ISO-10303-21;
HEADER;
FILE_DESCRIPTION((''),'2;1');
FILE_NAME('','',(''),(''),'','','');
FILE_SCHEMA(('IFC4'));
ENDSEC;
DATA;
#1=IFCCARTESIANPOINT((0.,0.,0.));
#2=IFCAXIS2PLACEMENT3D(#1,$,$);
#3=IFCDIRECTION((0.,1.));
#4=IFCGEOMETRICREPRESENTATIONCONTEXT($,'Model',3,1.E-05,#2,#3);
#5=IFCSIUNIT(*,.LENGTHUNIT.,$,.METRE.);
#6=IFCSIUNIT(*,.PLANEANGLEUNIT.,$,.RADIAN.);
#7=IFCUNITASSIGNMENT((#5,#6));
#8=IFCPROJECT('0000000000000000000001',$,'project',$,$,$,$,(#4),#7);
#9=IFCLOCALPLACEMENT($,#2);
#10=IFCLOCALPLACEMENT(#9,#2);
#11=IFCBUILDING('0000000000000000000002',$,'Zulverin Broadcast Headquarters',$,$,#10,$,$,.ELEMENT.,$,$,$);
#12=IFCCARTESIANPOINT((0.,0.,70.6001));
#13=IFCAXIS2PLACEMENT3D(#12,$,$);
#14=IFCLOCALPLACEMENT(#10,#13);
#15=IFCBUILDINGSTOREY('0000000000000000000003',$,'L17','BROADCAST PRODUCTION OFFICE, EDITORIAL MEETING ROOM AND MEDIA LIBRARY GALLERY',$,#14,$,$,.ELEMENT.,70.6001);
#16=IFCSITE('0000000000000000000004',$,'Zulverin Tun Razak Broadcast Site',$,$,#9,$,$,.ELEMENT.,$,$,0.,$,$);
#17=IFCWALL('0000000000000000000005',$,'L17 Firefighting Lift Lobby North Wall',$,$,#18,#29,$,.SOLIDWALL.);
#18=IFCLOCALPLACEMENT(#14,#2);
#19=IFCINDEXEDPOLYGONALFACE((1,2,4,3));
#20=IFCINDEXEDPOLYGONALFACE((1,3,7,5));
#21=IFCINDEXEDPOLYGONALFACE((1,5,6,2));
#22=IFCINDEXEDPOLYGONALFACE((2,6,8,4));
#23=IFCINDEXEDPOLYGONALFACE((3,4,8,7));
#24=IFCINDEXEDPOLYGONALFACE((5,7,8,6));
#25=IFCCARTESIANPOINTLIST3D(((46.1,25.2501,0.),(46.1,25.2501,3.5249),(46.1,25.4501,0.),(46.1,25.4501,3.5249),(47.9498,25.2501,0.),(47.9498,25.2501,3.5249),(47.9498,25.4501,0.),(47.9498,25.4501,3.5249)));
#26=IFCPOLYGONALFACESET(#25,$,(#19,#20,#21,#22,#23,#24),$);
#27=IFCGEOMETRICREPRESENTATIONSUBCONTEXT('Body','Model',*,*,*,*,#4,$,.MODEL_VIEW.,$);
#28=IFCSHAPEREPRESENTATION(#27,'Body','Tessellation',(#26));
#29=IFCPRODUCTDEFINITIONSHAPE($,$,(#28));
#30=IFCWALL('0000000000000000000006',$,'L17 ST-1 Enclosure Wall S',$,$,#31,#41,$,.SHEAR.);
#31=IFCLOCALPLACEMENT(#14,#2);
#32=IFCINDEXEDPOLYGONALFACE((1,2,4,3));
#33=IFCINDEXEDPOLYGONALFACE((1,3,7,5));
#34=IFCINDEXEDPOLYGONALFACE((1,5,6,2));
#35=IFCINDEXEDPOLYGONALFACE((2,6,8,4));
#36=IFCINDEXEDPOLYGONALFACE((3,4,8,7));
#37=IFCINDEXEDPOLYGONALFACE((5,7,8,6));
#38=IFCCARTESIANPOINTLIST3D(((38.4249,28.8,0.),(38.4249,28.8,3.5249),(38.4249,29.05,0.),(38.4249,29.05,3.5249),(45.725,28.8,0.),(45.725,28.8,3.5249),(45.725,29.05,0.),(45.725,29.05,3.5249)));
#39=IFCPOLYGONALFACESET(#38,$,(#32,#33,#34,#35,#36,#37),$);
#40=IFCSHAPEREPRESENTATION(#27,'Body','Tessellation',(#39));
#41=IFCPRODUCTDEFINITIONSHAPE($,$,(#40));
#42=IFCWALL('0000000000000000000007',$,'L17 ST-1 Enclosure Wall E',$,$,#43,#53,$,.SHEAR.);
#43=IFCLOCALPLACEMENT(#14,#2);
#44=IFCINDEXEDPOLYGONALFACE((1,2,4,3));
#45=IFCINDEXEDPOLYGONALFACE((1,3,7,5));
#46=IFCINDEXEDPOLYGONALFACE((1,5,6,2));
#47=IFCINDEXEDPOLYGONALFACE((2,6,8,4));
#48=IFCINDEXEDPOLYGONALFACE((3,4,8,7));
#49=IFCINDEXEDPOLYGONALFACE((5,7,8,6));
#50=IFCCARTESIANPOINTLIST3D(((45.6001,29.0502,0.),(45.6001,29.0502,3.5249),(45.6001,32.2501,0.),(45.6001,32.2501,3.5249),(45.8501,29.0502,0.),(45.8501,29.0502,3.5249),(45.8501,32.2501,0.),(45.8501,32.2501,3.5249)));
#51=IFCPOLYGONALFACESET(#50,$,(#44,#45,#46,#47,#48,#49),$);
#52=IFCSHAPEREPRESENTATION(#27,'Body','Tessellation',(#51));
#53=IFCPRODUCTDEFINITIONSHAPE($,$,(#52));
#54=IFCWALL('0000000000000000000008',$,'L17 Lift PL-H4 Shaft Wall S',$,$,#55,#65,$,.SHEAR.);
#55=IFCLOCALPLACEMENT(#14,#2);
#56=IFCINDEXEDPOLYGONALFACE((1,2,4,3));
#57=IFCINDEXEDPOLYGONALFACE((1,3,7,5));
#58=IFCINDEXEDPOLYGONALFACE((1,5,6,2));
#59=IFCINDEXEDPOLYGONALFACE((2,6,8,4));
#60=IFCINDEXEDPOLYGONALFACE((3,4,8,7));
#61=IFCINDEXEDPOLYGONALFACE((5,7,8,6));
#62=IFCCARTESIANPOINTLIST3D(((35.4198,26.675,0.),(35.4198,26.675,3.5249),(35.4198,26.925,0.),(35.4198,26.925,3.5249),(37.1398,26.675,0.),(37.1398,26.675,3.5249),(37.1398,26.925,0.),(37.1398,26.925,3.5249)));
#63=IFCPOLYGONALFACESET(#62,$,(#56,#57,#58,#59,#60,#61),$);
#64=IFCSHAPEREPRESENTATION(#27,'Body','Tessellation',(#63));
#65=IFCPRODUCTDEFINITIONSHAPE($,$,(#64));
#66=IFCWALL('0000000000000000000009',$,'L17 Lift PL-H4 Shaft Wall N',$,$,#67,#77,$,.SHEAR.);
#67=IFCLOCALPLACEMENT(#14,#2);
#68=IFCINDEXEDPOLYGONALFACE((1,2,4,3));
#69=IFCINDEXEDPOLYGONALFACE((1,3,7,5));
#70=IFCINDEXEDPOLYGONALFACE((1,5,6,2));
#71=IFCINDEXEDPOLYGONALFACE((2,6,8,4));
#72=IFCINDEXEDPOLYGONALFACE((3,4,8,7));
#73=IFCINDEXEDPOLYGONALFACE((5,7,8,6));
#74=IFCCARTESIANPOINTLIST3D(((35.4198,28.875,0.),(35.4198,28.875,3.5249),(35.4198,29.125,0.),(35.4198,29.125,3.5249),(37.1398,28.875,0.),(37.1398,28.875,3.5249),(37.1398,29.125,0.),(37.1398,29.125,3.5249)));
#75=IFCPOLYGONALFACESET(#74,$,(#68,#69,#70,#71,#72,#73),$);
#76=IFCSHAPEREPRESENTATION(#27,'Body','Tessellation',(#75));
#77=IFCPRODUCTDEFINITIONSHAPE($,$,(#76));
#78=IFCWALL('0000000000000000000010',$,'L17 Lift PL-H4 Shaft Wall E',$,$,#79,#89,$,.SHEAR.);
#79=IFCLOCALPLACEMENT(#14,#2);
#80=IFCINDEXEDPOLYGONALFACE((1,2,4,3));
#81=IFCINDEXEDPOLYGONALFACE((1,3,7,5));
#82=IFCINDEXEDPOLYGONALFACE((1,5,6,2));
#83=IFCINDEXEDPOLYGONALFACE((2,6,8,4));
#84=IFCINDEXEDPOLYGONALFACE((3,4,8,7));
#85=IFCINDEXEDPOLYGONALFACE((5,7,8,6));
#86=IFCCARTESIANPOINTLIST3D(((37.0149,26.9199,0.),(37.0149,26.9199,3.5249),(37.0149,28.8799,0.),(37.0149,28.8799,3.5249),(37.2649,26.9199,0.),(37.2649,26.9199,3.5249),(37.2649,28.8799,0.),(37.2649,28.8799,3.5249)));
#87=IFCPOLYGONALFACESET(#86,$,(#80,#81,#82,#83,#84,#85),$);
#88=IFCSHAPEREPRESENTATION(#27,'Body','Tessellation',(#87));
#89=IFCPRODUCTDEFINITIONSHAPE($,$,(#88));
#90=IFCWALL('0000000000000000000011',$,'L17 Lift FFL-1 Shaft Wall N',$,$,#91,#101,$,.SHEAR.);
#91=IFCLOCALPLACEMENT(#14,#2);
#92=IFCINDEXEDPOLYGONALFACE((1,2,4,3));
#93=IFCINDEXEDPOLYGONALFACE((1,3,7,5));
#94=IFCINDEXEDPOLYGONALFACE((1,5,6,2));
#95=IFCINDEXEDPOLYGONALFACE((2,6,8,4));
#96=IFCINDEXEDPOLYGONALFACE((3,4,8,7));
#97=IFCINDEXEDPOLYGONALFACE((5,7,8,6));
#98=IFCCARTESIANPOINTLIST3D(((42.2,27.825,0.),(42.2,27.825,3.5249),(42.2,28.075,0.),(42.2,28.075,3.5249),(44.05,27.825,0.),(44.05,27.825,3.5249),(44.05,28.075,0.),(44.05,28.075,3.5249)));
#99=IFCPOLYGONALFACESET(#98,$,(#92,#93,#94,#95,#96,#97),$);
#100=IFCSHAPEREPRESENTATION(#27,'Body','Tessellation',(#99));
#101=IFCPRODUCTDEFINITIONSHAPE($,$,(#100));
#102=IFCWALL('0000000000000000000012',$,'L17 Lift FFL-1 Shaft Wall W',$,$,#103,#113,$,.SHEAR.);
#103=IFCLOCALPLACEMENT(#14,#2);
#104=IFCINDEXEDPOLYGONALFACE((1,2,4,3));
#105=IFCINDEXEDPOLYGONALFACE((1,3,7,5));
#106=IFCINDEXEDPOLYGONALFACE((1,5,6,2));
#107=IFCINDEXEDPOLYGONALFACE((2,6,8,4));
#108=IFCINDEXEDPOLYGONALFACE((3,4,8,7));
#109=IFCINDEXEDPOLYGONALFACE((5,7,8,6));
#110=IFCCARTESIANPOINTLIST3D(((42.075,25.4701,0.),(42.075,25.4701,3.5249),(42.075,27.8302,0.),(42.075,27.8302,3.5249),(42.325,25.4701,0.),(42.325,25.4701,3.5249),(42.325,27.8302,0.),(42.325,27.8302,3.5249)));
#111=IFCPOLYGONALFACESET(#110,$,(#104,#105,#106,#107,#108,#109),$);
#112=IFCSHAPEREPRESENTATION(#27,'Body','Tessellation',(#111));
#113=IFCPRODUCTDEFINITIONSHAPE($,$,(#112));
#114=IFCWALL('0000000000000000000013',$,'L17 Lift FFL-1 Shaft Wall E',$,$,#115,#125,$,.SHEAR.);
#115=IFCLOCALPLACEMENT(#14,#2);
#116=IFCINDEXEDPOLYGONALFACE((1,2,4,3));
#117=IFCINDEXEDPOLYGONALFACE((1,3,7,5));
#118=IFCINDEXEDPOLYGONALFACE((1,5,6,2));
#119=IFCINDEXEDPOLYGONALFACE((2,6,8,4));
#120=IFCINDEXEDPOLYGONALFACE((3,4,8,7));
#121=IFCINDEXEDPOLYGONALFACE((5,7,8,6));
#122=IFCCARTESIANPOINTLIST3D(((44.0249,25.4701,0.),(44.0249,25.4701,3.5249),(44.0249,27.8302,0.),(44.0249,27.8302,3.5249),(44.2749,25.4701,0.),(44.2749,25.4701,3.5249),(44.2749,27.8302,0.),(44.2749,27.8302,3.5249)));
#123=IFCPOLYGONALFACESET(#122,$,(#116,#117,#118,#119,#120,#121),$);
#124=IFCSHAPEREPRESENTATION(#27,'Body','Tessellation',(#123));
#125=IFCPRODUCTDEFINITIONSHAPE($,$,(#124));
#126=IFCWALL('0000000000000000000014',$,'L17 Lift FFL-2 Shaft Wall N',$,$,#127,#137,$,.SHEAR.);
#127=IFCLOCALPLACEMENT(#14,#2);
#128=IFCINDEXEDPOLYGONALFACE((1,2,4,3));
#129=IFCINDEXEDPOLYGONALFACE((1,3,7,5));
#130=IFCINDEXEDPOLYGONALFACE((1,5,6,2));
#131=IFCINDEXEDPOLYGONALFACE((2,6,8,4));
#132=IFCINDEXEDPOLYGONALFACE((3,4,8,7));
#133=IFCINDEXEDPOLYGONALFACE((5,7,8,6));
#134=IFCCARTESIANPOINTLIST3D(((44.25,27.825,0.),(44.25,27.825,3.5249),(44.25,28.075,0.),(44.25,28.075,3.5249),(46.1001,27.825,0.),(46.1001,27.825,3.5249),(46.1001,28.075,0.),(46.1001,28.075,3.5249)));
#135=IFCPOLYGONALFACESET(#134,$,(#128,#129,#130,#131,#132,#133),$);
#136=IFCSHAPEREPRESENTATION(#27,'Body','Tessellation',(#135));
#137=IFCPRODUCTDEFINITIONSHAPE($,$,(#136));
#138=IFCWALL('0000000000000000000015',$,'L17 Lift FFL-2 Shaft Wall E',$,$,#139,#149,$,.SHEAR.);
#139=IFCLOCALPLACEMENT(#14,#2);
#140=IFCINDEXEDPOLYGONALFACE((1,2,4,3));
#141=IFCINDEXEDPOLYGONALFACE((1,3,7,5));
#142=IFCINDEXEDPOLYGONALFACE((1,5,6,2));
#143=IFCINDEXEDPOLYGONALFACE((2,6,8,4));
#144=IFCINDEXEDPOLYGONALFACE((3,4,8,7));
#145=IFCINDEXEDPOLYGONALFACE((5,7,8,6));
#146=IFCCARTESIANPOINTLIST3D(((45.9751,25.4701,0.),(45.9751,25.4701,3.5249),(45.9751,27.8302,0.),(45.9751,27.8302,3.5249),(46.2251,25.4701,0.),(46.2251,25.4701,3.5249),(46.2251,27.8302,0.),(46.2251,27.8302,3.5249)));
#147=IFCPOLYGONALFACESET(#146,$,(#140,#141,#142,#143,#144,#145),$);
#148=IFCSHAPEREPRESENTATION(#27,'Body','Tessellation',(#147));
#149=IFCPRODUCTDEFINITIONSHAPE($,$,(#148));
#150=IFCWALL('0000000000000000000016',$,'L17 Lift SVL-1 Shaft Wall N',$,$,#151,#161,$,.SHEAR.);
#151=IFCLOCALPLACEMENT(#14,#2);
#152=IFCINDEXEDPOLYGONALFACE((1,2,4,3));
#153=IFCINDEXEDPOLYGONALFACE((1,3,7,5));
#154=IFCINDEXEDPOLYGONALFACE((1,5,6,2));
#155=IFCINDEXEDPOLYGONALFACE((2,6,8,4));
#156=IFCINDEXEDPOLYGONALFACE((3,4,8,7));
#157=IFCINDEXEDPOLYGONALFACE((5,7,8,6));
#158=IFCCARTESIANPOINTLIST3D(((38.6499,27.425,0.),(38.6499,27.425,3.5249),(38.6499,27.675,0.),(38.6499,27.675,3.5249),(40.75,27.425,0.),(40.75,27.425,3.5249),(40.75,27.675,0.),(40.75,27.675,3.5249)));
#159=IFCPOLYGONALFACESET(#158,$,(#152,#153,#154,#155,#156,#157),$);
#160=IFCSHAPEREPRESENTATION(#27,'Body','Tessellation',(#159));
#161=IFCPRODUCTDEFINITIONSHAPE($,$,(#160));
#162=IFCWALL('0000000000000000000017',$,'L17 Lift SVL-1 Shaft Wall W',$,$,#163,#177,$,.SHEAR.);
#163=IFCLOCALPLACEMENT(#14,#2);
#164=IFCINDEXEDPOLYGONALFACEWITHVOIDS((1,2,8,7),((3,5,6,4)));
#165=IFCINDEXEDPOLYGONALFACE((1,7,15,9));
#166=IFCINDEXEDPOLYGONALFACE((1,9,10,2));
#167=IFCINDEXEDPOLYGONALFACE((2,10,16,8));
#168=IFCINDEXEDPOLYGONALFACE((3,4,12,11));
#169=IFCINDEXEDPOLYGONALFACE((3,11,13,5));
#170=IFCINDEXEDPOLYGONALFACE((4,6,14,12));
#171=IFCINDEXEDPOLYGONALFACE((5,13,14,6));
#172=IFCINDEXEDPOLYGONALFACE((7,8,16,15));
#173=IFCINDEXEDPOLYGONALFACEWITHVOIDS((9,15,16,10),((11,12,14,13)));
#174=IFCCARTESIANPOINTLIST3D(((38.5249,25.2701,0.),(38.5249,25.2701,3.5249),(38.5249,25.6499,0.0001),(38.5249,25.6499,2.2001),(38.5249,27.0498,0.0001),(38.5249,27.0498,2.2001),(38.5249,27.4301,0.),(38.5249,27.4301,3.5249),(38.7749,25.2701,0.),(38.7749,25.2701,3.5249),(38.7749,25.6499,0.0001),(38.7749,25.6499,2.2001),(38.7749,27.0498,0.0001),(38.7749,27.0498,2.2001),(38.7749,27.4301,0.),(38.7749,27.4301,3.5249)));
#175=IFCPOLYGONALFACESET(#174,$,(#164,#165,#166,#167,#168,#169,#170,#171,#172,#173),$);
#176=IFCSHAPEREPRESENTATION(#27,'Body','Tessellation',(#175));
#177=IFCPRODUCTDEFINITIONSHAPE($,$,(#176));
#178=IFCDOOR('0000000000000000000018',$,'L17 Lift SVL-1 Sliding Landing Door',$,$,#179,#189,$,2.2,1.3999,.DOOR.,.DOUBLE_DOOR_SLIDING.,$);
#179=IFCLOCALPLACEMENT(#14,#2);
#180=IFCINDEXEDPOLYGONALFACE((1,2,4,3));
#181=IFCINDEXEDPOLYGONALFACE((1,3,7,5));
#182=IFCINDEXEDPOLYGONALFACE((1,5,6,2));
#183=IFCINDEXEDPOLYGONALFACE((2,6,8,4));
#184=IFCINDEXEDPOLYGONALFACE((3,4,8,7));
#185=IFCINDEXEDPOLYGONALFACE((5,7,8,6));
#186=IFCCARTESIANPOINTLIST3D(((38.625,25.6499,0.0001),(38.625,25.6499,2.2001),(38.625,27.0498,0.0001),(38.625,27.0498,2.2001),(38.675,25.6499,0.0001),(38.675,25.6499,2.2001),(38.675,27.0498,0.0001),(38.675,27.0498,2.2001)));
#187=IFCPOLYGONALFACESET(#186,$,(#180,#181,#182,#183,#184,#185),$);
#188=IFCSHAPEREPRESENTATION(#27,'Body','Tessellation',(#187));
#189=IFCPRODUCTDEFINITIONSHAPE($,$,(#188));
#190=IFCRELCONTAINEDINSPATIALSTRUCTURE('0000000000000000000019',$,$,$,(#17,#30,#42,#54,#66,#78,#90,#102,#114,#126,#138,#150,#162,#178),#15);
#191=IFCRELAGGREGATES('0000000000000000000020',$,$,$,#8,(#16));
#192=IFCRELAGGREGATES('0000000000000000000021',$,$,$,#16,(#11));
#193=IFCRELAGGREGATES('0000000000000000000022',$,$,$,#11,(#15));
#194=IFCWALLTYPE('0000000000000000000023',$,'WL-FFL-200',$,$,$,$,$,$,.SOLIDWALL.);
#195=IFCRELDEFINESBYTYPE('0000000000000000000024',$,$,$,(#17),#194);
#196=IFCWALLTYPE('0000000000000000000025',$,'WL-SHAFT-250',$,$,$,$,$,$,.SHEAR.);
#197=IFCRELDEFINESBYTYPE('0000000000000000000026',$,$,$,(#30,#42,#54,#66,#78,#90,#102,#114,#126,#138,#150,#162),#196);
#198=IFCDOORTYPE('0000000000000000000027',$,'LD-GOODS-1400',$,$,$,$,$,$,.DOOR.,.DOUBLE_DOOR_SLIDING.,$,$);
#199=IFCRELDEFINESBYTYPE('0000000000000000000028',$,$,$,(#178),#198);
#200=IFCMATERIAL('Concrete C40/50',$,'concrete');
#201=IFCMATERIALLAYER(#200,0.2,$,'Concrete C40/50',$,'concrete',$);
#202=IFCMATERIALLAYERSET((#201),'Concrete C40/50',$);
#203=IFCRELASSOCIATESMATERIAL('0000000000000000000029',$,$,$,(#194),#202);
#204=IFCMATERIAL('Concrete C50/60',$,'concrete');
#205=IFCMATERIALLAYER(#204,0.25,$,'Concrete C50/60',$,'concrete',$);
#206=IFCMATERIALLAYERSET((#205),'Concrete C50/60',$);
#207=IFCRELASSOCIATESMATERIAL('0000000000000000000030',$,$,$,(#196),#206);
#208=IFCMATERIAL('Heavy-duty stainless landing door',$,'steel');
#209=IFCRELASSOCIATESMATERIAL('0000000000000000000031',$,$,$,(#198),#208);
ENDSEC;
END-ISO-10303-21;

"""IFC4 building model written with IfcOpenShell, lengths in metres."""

from ifc_helpers import new_model, si_unit, direction, frame, frame_2d, origin, place, context, subcontext, project, spatial, rectangle, extrude, material, layer, layer_set, type_object, element, fill, save


model = new_model("IFC4")

# Units and contexts
model_context = context("Model", 3, precision=1e-05, world=origin(), true_north=direction((0.0, 1.0)))
body_context = subcontext(model_context, "Body", "Model", "MODEL_VIEW")
ifc_project = project(units=[si_unit("LENGTHUNIT", "METRE"), si_unit("PLANEANGLEUNIT", "RADIAN")], contexts=[model_context])

# Site, building, storey
site_placement = place(None, origin())
site = spatial("IfcSite", under=ifc_project, at=site_placement, Name="Zulverin Tun Razak Broadcast Site", CompositionType="ELEMENT", RefElevation=0.0)
building_placement = place(site_placement, origin())
building = spatial("IfcBuilding", under=site, at=building_placement, Name="Zulverin Broadcast Headquarters", CompositionType="ELEMENT")
storey_placement = place(building_placement, frame((0.0, 0.0, 70.6001)))
storey = spatial("IfcBuildingStorey", under=building, at=storey_placement, Name="L17", Description="BROADCAST PRODUCTION OFFICE, EDITORIAL MEETING ROOM AND MEDIA LIBRARY GALLERY", CompositionType="ELEMENT", Elevation=70.6001)

# Walls
ifc_material_1 = material(Name="Concrete C40/50", Category="concrete")
ifc_layer_1 = layer(ifc_material_1, 0.2, Name="Concrete C40/50", Category="concrete")
ifc_layer_set_1 = layer_set([ifc_layer_1], Name="Concrete C40/50")
wall_type_1 = type_object("IfcWallType", Name="WL-FFL-200", PredefinedType="SOLIDWALL", material=ifc_layer_set_1)
wall_1_placement = place(storey_placement, frame((46.1001, 25.3501, 0.0), z_axis=(0.0, 0.0, 1.0), x_axis=(1.0, 0.0, 0.0)))
element("IfcWall", 1, at=wall_1_placement, inside=storey, type_object=wall_type_1, Name="L17 Firefighting Lift Lobby North Wall", PredefinedType="SOLIDWALL", context=body_context, shape_type="SweptSolid", body=[
    extrude(rectangle(XDim=1.8499, YDim=0.2, at=frame_2d((0.9248, 0.0))), origin(), (0.0, 0.0, 1.0), 3.5249),
])
ifc_material_2 = material(Name="Concrete C50/60", Category="concrete")
ifc_layer_2 = layer(ifc_material_2, 0.25, Name="Concrete C50/60", Category="concrete")
ifc_layer_set_2 = layer_set([ifc_layer_2], Name="Concrete C50/60")
wall_type_2 = type_object("IfcWallType", Name="WL-SHAFT-250", PredefinedType="SHEAR", material=ifc_layer_set_2)
wall_2_placement = place(storey_placement, frame((38.425, 28.925, 0.0), z_axis=(0.0, 0.0, 1.0), x_axis=(1.0, 0.0, 0.0)))
element("IfcWall", 2, at=wall_2_placement, inside=storey, type_object=wall_type_2, Name="L17 ST-1 Enclosure Wall S", PredefinedType="SHEAR", context=body_context, shape_type="SweptSolid", body=[
    extrude(rectangle(XDim=7.3, YDim=0.25, at=frame_2d((3.6499, 0.0))), origin(), (0.0, 0.0, 1.0), 3.5249),
])

# Walls
wall_3_placement = place(storey_placement, frame((45.7251, 29.05, 0.0), z_axis=(0.0, 0.0, 1.0), x_axis=(0.0, 1.0, 0.0)))
element("IfcWall", 3, at=wall_3_placement, inside=storey, type_object=wall_type_2, Name="L17 ST-1 Enclosure Wall E", PredefinedType="SHEAR", context=body_context, shape_type="SweptSolid", body=[
    extrude(rectangle(XDim=3.2, YDim=0.25, at=frame_2d((1.6001, 0.0))), origin(), (0.0, 0.0, 1.0), 3.5249),
])
for number, where, z_axis, x_axis, name in (
    (4, (35.4199, 26.8, 0.0), (0.0, 0.0, 1.0), (1.0, 0.0, 0.0), "L17 Lift PL-H4 Shaft Wall S"),
    (5, (35.4199, 29.0, 0.0), (0.0, 0.0, 1.0), (1.0, 0.0, 0.0), "L17 Lift PL-H4 Shaft Wall N"),
):
    element("IfcWall", number, at=place(storey_placement, frame(where, z_axis=z_axis, x_axis=x_axis)), inside=storey, type_object=wall_type_2, Name=name, PredefinedType="SHEAR", context=body_context, shape_type="SweptSolid", body=[
        extrude(rectangle(XDim=1.72, YDim=0.25, at=frame_2d((0.8599, 0.0))), origin(), (0.0, 0.0, 1.0), 3.5249),
    ])
wall_4_placement = place(storey_placement, frame((37.1399, 26.9199, 0.0), z_axis=(0.0, 0.0, 1.0), x_axis=(0.0, 1.0, 0.0)))
element("IfcWall", 6, at=wall_4_placement, inside=storey, type_object=wall_type_2, Name="L17 Lift PL-H4 Shaft Wall E", PredefinedType="SHEAR", context=body_context, shape_type="SweptSolid", body=[
    extrude(rectangle(XDim=1.96, YDim=0.25, at=frame_2d((0.98, 0.0))), origin(), (0.0, 0.0, 1.0), 3.5249),
])

# Walls
wall_5_placement = place(storey_placement, frame((42.2, 27.95, 0.0), z_axis=(0.0, 0.0, 1.0), x_axis=(1.0, 0.0, 0.0)))
element("IfcWall", 7, at=wall_5_placement, inside=storey, type_object=wall_type_2, Name="L17 Lift FFL-1 Shaft Wall N", PredefinedType="SHEAR", context=body_context, shape_type="SweptSolid", body=[
    extrude(rectangle(XDim=1.8501, YDim=0.25, at=frame_2d((0.925, 0.0))), origin(), (0.0, 0.0, 1.0), 3.5249),
])
for number, where, z_axis, x_axis, name in (
    (8, (42.2, 25.47, 0.0), (0.0, 0.0, 1.0), (0.0, 1.0, 0.0), "L17 Lift FFL-1 Shaft Wall W"),
    (9, (44.1499, 25.47, 0.0), (0.0, 0.0, 1.0), (0.0, 1.0, 0.0), "L17 Lift FFL-1 Shaft Wall E"),
):
    element("IfcWall", number, at=place(storey_placement, frame(where, z_axis=z_axis, x_axis=x_axis)), inside=storey, type_object=wall_type_2, Name=name, PredefinedType="SHEAR", context=body_context, shape_type="SweptSolid", body=[
        extrude(rectangle(XDim=2.3601, YDim=0.25, at=frame_2d((1.1802, 0.0))), origin(), (0.0, 0.0, 1.0), 3.5249),
    ])

# Walls
wall_6_placement = place(storey_placement, frame((44.25, 27.95, 0.0), z_axis=(0.0, 0.0, 1.0), x_axis=(1.0, 0.0, 0.0)))
element("IfcWall", 10, at=wall_6_placement, inside=storey, type_object=wall_type_2, Name="L17 Lift FFL-2 Shaft Wall N", PredefinedType="SHEAR", context=body_context, shape_type="SweptSolid", body=[
    extrude(rectangle(XDim=1.8501, YDim=0.25, at=frame_2d((0.925, 0.0))), origin(), (0.0, 0.0, 1.0), 3.5249),
])
wall_7_placement = place(storey_placement, frame((46.1001, 25.47, 0.0), z_axis=(0.0, 0.0, 1.0), x_axis=(0.0, 1.0, 0.0)))
element("IfcWall", 11, at=wall_7_placement, inside=storey, type_object=wall_type_2, Name="L17 Lift FFL-2 Shaft Wall E", PredefinedType="SHEAR", context=body_context, shape_type="SweptSolid", body=[
    extrude(rectangle(XDim=2.3601, YDim=0.25, at=frame_2d((1.1802, 0.0))), origin(), (0.0, 0.0, 1.0), 3.5249),
])
wall_8_placement = place(storey_placement, frame((38.6499, 27.55, 0.0), z_axis=(0.0, 0.0, 1.0), x_axis=(1.0, 0.0, 0.0)))
element("IfcWall", 12, at=wall_8_placement, inside=storey, type_object=wall_type_2, Name="L17 Lift SVL-1 Shaft Wall N", PredefinedType="SHEAR", context=body_context, shape_type="SweptSolid", body=[
    extrude(rectangle(XDim=2.1001, YDim=0.25, at=frame_2d((1.05, 0.0))), origin(), (0.0, 0.0, 1.0), 3.5249),
])

# Wall, opening, door
wall_9_placement = place(storey_placement, frame((38.6499, 25.27, 0.0), z_axis=(0.0, 0.0, 1.0), x_axis=(0.0, 1.0, 0.0)))
wall_9 = element("IfcWall", 13, at=wall_9_placement, inside=storey, type_object=wall_type_2, Name="L17 Lift SVL-1 Shaft Wall W", PredefinedType="SHEAR", context=body_context, shape_type="SweptSolid", body=[
    extrude(rectangle(XDim=2.1599, YDim=0.25, at=frame_2d((1.0801, 0.0))), origin(), (0.0, 0.0, 1.0), 3.5249),
])
opening_1_placement = place(wall_9_placement, frame((0.3799, 0.0, 0.0)))
opening_1 = element("IfcOpeningElement", 14, at=opening_1_placement, cuts=wall_9, PredefinedType="OPENING", context=body_context, shape_type="SweptSolid", body=[
    extrude(rectangle(XDim=1.3999, YDim=2.2, at=frame_2d((0.7, 1.1001))), frame((0.0, 0.135, 0.0), z_axis=(0.0, -1.0, 0.0), x_axis=(1.0, 0.0, 0.0)), (0.0, 0.0, 1.0), 0.27),
])
ifc_material_3 = material(Name="Heavy-duty stainless landing door", Category="steel")
door_type_1 = type_object("IfcDoorType", Name="LD-GOODS-1400", OperationType="DOUBLE_DOOR_SLIDING", PredefinedType="DOOR", material=ifc_material_3)
door_1_placement = place(opening_1_placement, origin())
door_1 = element("IfcDoor", 15, at=door_1_placement, inside=storey, type_object=door_type_1, Name="L17 Lift SVL-1 Sliding Landing Door", OperationType="DOUBLE_DOOR_SLIDING", OverallHeight=2.2, OverallWidth=1.3999, PredefinedType="DOOR", context=body_context, shape_type="SweptSolid", body=[
    extrude(rectangle(XDim=1.3999, YDim=2.2, at=frame_2d((0.7, 1.1001))), frame((0.0, 0.0249, 0.0), z_axis=(0.0, -1.0, 0.0), x_axis=(1.0, 0.0, 0.0)), (0.0, 0.0, 1.0), 0.05),
])
fill(opening_1, door_1)

save(model, "model.ifc")
